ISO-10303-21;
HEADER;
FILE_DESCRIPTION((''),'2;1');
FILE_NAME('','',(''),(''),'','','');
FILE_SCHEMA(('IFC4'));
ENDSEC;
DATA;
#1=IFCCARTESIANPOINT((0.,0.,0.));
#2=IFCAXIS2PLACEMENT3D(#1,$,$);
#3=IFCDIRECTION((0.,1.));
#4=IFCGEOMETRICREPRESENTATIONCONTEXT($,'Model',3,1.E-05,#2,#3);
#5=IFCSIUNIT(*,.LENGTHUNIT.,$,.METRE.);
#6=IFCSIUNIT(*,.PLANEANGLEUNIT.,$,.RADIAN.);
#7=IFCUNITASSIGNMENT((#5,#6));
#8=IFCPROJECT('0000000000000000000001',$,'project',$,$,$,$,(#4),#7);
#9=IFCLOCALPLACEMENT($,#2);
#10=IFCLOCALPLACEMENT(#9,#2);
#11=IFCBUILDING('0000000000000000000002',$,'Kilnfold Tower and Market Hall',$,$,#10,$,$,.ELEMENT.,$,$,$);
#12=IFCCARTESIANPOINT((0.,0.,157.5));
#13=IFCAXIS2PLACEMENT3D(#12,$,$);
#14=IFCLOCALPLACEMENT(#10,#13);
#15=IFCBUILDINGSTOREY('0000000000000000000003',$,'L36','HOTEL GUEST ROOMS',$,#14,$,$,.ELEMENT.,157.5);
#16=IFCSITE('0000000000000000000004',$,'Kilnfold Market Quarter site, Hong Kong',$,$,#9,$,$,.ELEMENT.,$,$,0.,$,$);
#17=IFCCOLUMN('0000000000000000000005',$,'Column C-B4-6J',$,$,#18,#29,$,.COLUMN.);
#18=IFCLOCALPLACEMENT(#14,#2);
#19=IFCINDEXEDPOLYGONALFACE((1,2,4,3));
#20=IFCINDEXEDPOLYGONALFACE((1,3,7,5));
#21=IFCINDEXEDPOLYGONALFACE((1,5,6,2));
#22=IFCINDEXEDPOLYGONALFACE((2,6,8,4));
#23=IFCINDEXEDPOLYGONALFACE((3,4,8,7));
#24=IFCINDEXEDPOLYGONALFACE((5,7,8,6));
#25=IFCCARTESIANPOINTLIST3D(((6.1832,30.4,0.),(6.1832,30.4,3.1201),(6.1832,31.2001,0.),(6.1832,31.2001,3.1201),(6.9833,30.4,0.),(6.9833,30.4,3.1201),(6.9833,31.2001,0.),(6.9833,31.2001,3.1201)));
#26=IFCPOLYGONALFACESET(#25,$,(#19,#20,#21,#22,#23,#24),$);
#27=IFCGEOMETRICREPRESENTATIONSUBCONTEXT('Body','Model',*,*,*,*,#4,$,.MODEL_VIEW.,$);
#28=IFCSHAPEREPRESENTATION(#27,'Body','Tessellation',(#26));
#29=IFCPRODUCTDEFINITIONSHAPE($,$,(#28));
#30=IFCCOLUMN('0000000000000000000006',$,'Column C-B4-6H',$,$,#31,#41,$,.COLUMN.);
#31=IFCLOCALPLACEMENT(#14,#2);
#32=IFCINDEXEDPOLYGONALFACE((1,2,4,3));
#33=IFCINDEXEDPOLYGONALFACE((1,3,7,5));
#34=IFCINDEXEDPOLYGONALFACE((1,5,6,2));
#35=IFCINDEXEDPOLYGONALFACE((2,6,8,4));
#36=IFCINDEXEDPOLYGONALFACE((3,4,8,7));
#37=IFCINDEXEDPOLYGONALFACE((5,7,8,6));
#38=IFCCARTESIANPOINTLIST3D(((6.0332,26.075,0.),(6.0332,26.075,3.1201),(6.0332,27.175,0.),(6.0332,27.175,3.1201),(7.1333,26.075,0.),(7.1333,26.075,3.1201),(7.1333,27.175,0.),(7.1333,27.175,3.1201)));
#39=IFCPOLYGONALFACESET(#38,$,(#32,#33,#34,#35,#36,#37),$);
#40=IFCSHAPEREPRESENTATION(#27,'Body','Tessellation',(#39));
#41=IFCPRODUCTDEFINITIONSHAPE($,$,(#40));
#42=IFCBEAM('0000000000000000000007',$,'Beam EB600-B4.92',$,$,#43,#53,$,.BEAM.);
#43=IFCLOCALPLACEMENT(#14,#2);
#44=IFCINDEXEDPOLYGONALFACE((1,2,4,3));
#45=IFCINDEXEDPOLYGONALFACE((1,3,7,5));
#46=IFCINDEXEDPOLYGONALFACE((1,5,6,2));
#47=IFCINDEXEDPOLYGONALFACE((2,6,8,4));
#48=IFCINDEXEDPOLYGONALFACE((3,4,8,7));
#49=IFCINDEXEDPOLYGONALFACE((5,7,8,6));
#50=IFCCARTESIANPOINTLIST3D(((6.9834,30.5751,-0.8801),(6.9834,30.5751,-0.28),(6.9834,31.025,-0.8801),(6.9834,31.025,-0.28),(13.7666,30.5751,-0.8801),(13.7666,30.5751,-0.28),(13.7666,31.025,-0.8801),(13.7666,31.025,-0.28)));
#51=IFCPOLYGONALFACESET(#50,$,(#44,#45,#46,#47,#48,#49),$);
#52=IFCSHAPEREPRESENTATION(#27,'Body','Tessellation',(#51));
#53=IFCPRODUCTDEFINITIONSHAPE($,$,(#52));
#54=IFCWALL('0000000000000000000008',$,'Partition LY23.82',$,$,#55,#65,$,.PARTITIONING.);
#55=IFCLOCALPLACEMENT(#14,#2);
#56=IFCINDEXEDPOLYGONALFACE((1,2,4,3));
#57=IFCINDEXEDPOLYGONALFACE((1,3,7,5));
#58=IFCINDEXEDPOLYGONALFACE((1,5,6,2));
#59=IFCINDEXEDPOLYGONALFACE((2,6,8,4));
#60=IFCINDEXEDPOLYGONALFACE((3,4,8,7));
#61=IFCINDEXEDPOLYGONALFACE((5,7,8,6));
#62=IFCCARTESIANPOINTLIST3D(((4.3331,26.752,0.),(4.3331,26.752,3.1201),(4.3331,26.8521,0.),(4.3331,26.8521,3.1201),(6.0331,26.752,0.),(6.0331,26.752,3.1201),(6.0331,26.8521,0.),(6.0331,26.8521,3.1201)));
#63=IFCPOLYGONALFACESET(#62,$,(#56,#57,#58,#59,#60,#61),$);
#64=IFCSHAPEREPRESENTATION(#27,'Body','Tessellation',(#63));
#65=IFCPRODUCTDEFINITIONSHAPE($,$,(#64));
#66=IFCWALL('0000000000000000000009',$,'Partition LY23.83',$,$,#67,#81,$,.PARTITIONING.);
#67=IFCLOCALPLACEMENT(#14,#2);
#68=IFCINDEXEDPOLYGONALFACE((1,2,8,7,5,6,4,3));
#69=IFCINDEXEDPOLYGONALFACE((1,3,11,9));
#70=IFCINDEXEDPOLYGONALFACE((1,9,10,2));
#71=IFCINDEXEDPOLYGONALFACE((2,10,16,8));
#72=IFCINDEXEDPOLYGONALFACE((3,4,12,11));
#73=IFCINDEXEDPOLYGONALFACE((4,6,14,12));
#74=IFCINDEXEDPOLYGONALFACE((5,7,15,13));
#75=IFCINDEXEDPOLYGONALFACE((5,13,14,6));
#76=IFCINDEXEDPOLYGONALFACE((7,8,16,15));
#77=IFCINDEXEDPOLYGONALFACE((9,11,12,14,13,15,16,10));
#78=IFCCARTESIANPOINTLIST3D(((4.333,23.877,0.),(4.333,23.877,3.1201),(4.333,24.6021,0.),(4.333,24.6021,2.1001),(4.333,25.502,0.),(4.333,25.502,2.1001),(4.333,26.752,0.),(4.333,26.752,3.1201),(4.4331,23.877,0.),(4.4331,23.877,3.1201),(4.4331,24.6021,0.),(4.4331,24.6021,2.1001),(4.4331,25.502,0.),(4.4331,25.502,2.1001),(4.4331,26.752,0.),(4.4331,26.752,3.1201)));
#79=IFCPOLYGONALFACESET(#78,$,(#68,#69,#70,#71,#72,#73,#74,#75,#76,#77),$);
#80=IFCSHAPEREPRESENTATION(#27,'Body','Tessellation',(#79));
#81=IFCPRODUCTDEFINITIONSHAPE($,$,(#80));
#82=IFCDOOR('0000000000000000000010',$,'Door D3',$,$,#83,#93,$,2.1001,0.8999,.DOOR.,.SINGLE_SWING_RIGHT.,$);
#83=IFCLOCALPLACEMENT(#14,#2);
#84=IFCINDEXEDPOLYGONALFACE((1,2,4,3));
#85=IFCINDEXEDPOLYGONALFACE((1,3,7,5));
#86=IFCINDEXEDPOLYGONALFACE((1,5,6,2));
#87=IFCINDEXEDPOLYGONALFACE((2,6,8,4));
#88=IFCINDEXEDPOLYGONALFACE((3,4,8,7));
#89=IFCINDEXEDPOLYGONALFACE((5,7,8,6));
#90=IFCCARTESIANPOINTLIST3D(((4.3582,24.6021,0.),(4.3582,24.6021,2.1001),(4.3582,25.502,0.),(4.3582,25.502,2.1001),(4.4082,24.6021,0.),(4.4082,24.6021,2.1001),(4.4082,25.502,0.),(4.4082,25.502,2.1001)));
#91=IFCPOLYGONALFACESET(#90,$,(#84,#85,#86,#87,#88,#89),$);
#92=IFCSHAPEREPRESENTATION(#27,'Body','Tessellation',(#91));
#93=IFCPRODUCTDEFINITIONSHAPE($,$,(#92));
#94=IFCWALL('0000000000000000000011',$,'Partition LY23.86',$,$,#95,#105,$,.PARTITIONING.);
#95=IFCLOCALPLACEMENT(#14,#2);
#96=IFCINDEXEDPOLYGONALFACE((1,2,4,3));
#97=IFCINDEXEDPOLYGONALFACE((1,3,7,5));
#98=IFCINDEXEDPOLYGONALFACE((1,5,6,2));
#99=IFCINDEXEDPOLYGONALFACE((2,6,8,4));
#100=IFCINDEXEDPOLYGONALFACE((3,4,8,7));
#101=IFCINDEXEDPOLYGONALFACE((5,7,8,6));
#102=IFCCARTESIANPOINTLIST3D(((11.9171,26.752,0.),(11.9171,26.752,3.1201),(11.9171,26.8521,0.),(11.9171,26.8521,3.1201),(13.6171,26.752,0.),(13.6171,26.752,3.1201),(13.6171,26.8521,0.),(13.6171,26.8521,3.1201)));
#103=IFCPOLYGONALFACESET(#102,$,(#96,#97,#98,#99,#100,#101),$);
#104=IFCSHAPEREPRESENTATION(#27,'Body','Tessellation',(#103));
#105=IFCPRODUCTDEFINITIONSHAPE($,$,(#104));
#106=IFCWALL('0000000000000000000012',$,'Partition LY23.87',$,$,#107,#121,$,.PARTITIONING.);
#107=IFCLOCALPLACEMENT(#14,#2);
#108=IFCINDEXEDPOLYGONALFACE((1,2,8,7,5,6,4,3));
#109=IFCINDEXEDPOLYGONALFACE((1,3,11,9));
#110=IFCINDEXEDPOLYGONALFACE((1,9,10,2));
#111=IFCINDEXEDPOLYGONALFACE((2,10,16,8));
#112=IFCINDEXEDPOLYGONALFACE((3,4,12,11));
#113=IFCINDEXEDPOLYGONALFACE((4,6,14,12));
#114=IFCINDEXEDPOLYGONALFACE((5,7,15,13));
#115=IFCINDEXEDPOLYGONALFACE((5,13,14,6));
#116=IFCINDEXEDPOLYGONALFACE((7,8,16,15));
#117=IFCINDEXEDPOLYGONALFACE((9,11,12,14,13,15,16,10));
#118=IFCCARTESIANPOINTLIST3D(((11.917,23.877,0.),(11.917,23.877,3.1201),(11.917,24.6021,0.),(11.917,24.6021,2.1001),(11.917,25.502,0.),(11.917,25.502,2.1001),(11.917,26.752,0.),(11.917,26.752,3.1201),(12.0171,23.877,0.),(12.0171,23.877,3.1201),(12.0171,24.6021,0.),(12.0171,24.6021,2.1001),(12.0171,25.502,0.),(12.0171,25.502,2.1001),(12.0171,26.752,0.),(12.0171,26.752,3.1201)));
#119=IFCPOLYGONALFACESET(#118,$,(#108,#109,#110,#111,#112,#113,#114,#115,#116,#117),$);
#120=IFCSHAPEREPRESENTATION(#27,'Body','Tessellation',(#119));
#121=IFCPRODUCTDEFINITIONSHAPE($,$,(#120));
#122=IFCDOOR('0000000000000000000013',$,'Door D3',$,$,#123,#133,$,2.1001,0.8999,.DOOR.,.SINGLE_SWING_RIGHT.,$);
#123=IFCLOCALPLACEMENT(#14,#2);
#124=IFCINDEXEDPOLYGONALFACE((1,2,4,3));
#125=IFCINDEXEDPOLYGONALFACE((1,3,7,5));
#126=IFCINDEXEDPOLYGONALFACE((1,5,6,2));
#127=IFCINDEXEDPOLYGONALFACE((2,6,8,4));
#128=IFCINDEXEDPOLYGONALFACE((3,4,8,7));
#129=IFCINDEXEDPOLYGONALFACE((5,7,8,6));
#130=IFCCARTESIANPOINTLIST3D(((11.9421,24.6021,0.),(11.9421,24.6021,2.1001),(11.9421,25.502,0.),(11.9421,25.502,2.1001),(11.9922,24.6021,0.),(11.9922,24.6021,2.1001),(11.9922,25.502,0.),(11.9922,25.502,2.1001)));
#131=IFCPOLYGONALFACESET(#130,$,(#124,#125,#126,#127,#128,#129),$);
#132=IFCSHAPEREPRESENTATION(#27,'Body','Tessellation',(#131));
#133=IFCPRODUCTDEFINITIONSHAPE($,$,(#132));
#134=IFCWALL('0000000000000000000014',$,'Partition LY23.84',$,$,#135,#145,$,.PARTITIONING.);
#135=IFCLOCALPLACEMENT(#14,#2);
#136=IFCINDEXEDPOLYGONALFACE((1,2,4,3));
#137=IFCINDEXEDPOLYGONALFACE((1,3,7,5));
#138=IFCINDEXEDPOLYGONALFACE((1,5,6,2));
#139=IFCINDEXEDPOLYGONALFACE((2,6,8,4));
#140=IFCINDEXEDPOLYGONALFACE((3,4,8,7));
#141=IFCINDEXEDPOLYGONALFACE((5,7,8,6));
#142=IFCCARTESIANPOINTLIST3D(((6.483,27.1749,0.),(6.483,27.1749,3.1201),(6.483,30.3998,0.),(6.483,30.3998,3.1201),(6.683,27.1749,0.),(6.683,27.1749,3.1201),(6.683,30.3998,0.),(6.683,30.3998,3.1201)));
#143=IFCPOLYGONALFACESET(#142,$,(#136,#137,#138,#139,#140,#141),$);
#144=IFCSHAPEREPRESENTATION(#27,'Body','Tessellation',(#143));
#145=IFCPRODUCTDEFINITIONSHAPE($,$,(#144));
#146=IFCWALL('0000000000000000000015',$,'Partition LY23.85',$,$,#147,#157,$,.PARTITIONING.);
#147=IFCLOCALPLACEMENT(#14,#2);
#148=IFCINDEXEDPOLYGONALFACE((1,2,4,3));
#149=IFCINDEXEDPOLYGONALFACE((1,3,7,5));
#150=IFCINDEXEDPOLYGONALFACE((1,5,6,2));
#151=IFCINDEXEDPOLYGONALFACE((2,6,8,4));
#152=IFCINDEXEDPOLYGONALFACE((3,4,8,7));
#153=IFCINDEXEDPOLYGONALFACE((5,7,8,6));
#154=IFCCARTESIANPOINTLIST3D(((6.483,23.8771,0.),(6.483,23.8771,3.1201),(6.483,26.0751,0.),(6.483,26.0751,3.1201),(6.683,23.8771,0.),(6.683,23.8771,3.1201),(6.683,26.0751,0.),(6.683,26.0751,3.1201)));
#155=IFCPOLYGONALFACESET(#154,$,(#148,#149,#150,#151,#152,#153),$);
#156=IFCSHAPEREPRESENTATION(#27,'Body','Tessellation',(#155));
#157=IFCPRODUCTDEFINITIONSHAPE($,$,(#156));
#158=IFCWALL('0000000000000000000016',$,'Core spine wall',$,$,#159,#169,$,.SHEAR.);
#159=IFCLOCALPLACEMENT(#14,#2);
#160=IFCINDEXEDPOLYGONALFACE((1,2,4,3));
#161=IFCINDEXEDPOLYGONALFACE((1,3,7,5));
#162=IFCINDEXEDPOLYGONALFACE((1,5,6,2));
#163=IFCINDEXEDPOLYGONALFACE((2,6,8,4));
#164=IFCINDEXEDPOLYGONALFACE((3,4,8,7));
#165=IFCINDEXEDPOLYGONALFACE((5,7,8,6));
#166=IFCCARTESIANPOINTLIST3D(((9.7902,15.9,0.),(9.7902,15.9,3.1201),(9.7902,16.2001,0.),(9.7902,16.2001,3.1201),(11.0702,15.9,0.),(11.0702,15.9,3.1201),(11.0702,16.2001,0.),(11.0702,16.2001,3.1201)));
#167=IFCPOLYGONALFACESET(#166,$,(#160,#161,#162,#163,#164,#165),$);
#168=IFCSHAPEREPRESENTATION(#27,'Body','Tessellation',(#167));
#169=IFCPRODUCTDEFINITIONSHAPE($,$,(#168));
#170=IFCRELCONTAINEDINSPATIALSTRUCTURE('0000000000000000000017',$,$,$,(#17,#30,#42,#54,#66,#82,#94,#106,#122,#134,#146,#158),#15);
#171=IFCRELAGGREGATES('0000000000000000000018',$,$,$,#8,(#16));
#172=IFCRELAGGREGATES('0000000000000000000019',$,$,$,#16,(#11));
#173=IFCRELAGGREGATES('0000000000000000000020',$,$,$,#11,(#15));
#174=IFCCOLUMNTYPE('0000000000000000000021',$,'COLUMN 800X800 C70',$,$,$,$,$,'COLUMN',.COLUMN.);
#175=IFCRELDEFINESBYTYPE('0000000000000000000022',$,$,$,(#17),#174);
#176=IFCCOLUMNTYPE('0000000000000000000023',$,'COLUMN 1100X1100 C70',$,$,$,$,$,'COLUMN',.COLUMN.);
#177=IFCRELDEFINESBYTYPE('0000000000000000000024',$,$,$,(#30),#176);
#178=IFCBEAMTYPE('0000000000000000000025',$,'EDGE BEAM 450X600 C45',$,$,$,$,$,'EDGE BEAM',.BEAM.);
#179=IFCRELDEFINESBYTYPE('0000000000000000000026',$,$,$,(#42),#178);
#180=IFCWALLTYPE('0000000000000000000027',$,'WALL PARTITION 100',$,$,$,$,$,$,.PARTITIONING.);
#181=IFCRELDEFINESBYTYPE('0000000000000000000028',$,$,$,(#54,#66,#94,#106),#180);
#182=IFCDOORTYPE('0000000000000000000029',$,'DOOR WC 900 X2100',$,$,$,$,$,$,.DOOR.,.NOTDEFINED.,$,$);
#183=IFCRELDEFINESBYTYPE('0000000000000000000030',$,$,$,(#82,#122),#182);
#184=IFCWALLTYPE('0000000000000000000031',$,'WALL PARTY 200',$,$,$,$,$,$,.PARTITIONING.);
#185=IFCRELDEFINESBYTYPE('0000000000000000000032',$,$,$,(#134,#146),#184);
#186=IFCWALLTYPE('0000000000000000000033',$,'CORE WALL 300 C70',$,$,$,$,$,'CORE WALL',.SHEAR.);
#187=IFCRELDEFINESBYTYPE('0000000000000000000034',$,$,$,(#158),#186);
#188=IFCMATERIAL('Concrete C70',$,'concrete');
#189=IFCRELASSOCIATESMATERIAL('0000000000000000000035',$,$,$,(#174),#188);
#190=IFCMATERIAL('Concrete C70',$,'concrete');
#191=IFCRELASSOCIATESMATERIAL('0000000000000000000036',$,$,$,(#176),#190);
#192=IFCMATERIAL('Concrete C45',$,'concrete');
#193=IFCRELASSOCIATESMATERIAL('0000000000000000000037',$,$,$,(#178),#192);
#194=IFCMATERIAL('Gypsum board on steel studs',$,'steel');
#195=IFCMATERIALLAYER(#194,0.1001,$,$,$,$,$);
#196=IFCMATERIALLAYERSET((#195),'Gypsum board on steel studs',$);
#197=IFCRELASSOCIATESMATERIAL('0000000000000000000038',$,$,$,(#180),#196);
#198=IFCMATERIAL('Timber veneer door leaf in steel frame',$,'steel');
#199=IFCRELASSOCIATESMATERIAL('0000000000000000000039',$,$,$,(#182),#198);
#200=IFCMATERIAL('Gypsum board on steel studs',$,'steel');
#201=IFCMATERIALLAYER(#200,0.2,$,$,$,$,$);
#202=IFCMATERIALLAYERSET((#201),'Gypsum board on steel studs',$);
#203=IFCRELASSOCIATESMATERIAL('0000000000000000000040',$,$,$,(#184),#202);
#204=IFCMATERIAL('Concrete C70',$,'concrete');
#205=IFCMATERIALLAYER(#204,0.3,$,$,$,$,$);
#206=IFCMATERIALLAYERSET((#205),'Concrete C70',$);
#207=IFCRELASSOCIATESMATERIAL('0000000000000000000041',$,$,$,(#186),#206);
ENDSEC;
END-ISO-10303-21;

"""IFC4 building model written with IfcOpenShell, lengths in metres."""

from ifc_helpers import new_model, si_unit, direction, frame, frame_2d, origin, origin_2d, place, context, subcontext, project, spatial, rectangle, extrude, source, transform, mapped, material, layer, layer_set, material_profile, profile_set, type_object, element, fill, save


model = new_model("IFC4")

# Units and contexts
model_context = context("Model", 3, precision=1e-05, world=origin(), true_north=direction((0.0, 1.0)))
body_context = subcontext(model_context, "Body", "Model", "MODEL_VIEW")
ifc_project = project(units=[si_unit("LENGTHUNIT", "METRE"), si_unit("PLANEANGLEUNIT", "RADIAN")], contexts=[model_context])

# Site, building, storey
site_placement = place(None, origin())
site = spatial("IfcSite", under=ifc_project, at=site_placement, Name="Kilnfold Market Quarter site, Hong Kong", CompositionType="ELEMENT", RefElevation=0.0)
building_placement = place(site_placement, origin())
building = spatial("IfcBuilding", under=site, at=building_placement, Name="Kilnfold Tower and Market Hall", CompositionType="ELEMENT")
storey_placement = place(building_placement, frame((0.0, 0.0, 157.5)))
storey = spatial("IfcBuildingStorey", under=building, at=storey_placement, Name="L36", Description="HOTEL GUEST ROOMS", CompositionType="ELEMENT", Elevation=157.5)

# Columns
ifc_material_1 = material(Name="Concrete C70", Category="concrete")
ifc_material_profile_1 = material_profile(ifc_material_1, rectangle(XDim=0.8, YDim=0.8, at=origin_2d()), Name="RC 800x800")
ifc_profile_set_1 = profile_set([ifc_material_profile_1], Name="Concrete C70")
column_type_1 = type_object("IfcColumnType", Name="COLUMN 800X800 C70", ElementType="COLUMN", PredefinedType="COLUMN", material=ifc_profile_set_1)
shared_shape_1 = source(origin(), body_context, "Body", "SweptSolid", [
    extrude(rectangle(XDim=0.8, YDim=0.8, at=origin_2d()), origin(), (0.0, 0.0, 1.0), 3.1201),
])
column_1_placement = place(storey_placement, frame((6.5833, 30.8, 0.0), z_axis=(0.0, 0.0, 1.0), x_axis=(1.0, 0.0, 0.0)))
element("IfcColumn", 1, at=column_1_placement, inside=storey, type_object=column_type_1, Name="Column C-B4-6J", PredefinedType="COLUMN", context=body_context, shape_type="MappedRepresentation", body=[
    mapped(shared_shape_1, transform((0.0, 0.0, 0.0))),
])
ifc_material_2 = material(Name="Concrete C70", Category="concrete")
ifc_material_profile_2 = material_profile(ifc_material_2, rectangle(XDim=1.1001, YDim=1.1001, at=origin_2d()), Name="RC 1100x1100")
ifc_profile_set_2 = profile_set([ifc_material_profile_2], Name="Concrete C70")
column_type_2 = type_object("IfcColumnType", Name="COLUMN 1100X1100 C70", ElementType="COLUMN", PredefinedType="COLUMN", material=ifc_profile_set_2)
shared_shape_2 = source(origin(), body_context, "Body", "SweptSolid", [
    extrude(rectangle(XDim=1.1001, YDim=1.1001, at=origin_2d()), origin(), (0.0, 0.0, 1.0), 3.1201),
])
column_2_placement = place(storey_placement, frame((6.5833, 26.625, 0.0), z_axis=(0.0, 0.0, 1.0), x_axis=(1.0, 0.0, 0.0)))
element("IfcColumn", 2, at=column_2_placement, inside=storey, type_object=column_type_2, Name="Column C-B4-6H", PredefinedType="COLUMN", context=body_context, shape_type="MappedRepresentation", body=[
    mapped(shared_shape_2, transform((0.0, 0.0, 0.0))),
])

# Beam
ifc_material_3 = material(Name="Concrete C45", Category="concrete")
ifc_material_profile_3 = material_profile(ifc_material_3, rectangle(XDim=0.45, YDim=0.6001, at=origin_2d()), Name="RC 450x600")
ifc_profile_set_3 = profile_set([ifc_material_profile_3], Name="Concrete C45")
beam_type = type_object("IfcBeamType", Name="EDGE BEAM 450X600 C45", ElementType="EDGE BEAM", PredefinedType="BEAM", material=ifc_profile_set_3)
shared_shape_3 = source(origin(), body_context, "Body", "SweptSolid", [
    extrude(rectangle(XDim=0.45, YDim=0.6001, at=origin_2d()), origin(), (0.0, 0.0, 1.0), 6.7832),
])
beam_placement = place(storey_placement, frame((6.9834, 30.8, -0.5801), z_axis=(1.0, 0.0, 0.0), x_axis=(0.0, 1.0, 0.0)))
element("IfcBeam", 3, at=beam_placement, inside=storey, type_object=beam_type, Name="Beam EB600-B4.92", PredefinedType="BEAM", context=body_context, shape_type="MappedRepresentation", body=[
    mapped(shared_shape_3, transform((0.0, 0.0, 0.0))),
])

# Wall
ifc_material_4 = material(Name="Gypsum board on steel studs", Category="steel")
ifc_layer_1 = layer(ifc_material_4, 0.1001)
ifc_layer_set_1 = layer_set([ifc_layer_1], Name="Gypsum board on steel studs")
wall_type_1 = type_object("IfcWallType", Name="WALL PARTITION 100", PredefinedType="PARTITIONING", material=ifc_layer_set_1)
wall_1_placement = place(storey_placement, frame((4.333, 26.802, 0.0), z_axis=(0.0, 0.0, 1.0), x_axis=(1.0, 0.0, 0.0)))
element("IfcWall", 4, at=wall_1_placement, inside=storey, type_object=wall_type_1, Name="Partition LY23.82", PredefinedType="PARTITIONING", context=body_context, shape_type="SweptSolid", body=[
    extrude(rectangle(XDim=1.7, YDim=0.1001, at=frame_2d((0.8501, 0.0))), origin(), (0.0, 0.0, 1.0), 3.1201),
])

# Wall, opening, door
wall_2_placement = place(storey_placement, frame((4.3831, 23.877, 0.0), z_axis=(0.0, 0.0, 1.0), x_axis=(0.0, 1.0, 0.0)))
wall_2 = element("IfcWall", 5, at=wall_2_placement, inside=storey, type_object=wall_type_1, Name="Partition LY23.83", PredefinedType="PARTITIONING", context=body_context, shape_type="SweptSolid", body=[
    extrude(rectangle(XDim=2.875, YDim=0.1001, at=frame_2d((1.4375, 0.0))), origin(), (0.0, 0.0, 1.0), 3.1201),
])
opening_1_placement = place(wall_2_placement, frame((0.7251, 0.0, 0.0)))
opening_1 = element("IfcOpeningElement", 6, at=opening_1_placement, cuts=wall_2, PredefinedType="OPENING", context=body_context, shape_type="SweptSolid", body=[
    extrude(rectangle(XDim=0.8999, YDim=2.1001, at=frame_2d((0.45, 1.05))), frame((0.0, 0.0601, 0.0), z_axis=(0.0, -1.0, 0.0), x_axis=(1.0, 0.0, 0.0)), (0.0, 0.0, 1.0), 0.1201),
])
ifc_material_5 = material(Name="Timber veneer door leaf in steel frame", Category="steel")
door_type_1 = type_object("IfcDoorType", Name="DOOR WC 900 X2100", OperationType="NOTDEFINED", PredefinedType="DOOR", material=ifc_material_5)
door_1_placement = place(opening_1_placement, origin())
door_1 = element("IfcDoor", 7, at=door_1_placement, inside=storey, type_object=door_type_1, Name="Door D3", OperationType="SINGLE_SWING_RIGHT", OverallHeight=2.1001, OverallWidth=0.8999, PredefinedType="DOOR", context=body_context, shape_type="SweptSolid", body=[
    extrude(rectangle(XDim=0.8999, YDim=2.1001, at=frame_2d((0.45, 1.05))), frame((0.0, 0.0249, 0.0), z_axis=(0.0, -1.0, 0.0), x_axis=(1.0, 0.0, 0.0)), (0.0, 0.0, 1.0), 0.05),
])
fill(opening_1, door_1)

# Wall
wall_3_placement = place(storey_placement, frame((11.917, 26.802, 0.0), z_axis=(0.0, 0.0, 1.0), x_axis=(1.0, 0.0, 0.0)))
element("IfcWall", 8, at=wall_3_placement, inside=storey, type_object=wall_type_1, Name="Partition LY23.86", PredefinedType="PARTITIONING", context=body_context, shape_type="SweptSolid", body=[
    extrude(rectangle(XDim=1.7, YDim=0.1001, at=frame_2d((0.8501, 0.0))), origin(), (0.0, 0.0, 1.0), 3.1201),
])

# Wall, opening, door
wall_4_placement = place(storey_placement, frame((11.967, 23.877, 0.0), z_axis=(0.0, 0.0, 1.0), x_axis=(0.0, 1.0, 0.0)))
wall_4 = element("IfcWall", 9, at=wall_4_placement, inside=storey, type_object=wall_type_1, Name="Partition LY23.87", PredefinedType="PARTITIONING", context=body_context, shape_type="SweptSolid", body=[
    extrude(rectangle(XDim=2.875, YDim=0.1001, at=frame_2d((1.4375, 0.0))), origin(), (0.0, 0.0, 1.0), 3.1201),
])
opening_2_placement = place(wall_4_placement, frame((0.7251, 0.0, 0.0)))
opening_2 = element("IfcOpeningElement", 10, at=opening_2_placement, cuts=wall_4, PredefinedType="OPENING", context=body_context, shape_type="SweptSolid", body=[
    extrude(rectangle(XDim=0.8999, YDim=2.1001, at=frame_2d((0.45, 1.05))), frame((0.0, 0.0601, 0.0), z_axis=(0.0, -1.0, 0.0), x_axis=(1.0, 0.0, 0.0)), (0.0, 0.0, 1.0), 0.1201),
])
door_2_placement = place(opening_2_placement, origin())
door_2 = element("IfcDoor", 11, at=door_2_placement, inside=storey, type_object=door_type_1, Name="Door D3", OperationType="SINGLE_SWING_RIGHT", OverallHeight=2.1001, OverallWidth=0.8999, PredefinedType="DOOR", context=body_context, shape_type="SweptSolid", body=[
    extrude(rectangle(XDim=0.8999, YDim=2.1001, at=frame_2d((0.45, 1.05))), frame((0.0, 0.0249, 0.0), z_axis=(0.0, -1.0, 0.0), x_axis=(1.0, 0.0, 0.0)), (0.0, 0.0, 1.0), 0.05),
])
fill(opening_2, door_2)

# Walls
ifc_material_6 = material(Name="Gypsum board on steel studs", Category="steel")
ifc_layer_2 = layer(ifc_material_6, 0.2)
ifc_layer_set_2 = layer_set([ifc_layer_2], Name="Gypsum board on steel studs")
wall_type_2 = type_object("IfcWallType", Name="WALL PARTY 200", PredefinedType="PARTITIONING", material=ifc_layer_set_2)
wall_5_placement = place(storey_placement, frame((6.583, 27.175, 0.0), z_axis=(0.0, 0.0, 1.0), x_axis=(0.0, 1.0, 0.0)))
element("IfcWall", 12, at=wall_5_placement, inside=storey, type_object=wall_type_2, Name="Partition LY23.84", PredefinedType="PARTITIONING", context=body_context, shape_type="SweptSolid", body=[
    extrude(rectangle(XDim=3.2249, YDim=0.2, at=frame_2d((1.6123, 0.0))), origin(), (0.0, 0.0, 1.0), 3.1201),
])
wall_6_placement = place(storey_placement, frame((6.583, 23.877, 0.0), z_axis=(0.0, 0.0, 1.0), x_axis=(0.0, 1.0, 0.0)))
element("IfcWall", 13, at=wall_6_placement, inside=storey, type_object=wall_type_2, Name="Partition LY23.85", PredefinedType="PARTITIONING", context=body_context, shape_type="SweptSolid", body=[
    extrude(rectangle(XDim=2.198, YDim=0.2, at=frame_2d((1.0991, 0.0))), origin(), (0.0, 0.0, 1.0), 3.1201),
])
ifc_material_7 = material(Name="Concrete C70", Category="concrete")
ifc_layer_3 = layer(ifc_material_7, 0.3)
ifc_layer_set_3 = layer_set([ifc_layer_3], Name="Concrete C70")
wall_type_3 = type_object("IfcWallType", Name="CORE WALL 300 C70", ElementType="CORE WALL", PredefinedType="SHEAR", material=ifc_layer_set_3)
shared_shape_4 = source(origin(), body_context, "Body", "SweptSolid", [
    extrude(rectangle(XDim=1.28, YDim=0.3, at=frame_2d((0.6401, 0.0))), origin(), (0.0, 0.0, 1.0), 3.1201),
])
wall_7_placement = place(storey_placement, frame((9.79, 16.05, 0.0), z_axis=(0.0, 0.0, 1.0), x_axis=(1.0, 0.0, 0.0)))
element("IfcWall", 14, at=wall_7_placement, inside=storey, type_object=wall_type_3, Name="Core spine wall", PredefinedType="SHEAR", context=body_context, shape_type="MappedRepresentation", body=[
    mapped(shared_shape_4, transform((0.0, 0.0, 0.0))),
])

save(model, "model.ifc")
